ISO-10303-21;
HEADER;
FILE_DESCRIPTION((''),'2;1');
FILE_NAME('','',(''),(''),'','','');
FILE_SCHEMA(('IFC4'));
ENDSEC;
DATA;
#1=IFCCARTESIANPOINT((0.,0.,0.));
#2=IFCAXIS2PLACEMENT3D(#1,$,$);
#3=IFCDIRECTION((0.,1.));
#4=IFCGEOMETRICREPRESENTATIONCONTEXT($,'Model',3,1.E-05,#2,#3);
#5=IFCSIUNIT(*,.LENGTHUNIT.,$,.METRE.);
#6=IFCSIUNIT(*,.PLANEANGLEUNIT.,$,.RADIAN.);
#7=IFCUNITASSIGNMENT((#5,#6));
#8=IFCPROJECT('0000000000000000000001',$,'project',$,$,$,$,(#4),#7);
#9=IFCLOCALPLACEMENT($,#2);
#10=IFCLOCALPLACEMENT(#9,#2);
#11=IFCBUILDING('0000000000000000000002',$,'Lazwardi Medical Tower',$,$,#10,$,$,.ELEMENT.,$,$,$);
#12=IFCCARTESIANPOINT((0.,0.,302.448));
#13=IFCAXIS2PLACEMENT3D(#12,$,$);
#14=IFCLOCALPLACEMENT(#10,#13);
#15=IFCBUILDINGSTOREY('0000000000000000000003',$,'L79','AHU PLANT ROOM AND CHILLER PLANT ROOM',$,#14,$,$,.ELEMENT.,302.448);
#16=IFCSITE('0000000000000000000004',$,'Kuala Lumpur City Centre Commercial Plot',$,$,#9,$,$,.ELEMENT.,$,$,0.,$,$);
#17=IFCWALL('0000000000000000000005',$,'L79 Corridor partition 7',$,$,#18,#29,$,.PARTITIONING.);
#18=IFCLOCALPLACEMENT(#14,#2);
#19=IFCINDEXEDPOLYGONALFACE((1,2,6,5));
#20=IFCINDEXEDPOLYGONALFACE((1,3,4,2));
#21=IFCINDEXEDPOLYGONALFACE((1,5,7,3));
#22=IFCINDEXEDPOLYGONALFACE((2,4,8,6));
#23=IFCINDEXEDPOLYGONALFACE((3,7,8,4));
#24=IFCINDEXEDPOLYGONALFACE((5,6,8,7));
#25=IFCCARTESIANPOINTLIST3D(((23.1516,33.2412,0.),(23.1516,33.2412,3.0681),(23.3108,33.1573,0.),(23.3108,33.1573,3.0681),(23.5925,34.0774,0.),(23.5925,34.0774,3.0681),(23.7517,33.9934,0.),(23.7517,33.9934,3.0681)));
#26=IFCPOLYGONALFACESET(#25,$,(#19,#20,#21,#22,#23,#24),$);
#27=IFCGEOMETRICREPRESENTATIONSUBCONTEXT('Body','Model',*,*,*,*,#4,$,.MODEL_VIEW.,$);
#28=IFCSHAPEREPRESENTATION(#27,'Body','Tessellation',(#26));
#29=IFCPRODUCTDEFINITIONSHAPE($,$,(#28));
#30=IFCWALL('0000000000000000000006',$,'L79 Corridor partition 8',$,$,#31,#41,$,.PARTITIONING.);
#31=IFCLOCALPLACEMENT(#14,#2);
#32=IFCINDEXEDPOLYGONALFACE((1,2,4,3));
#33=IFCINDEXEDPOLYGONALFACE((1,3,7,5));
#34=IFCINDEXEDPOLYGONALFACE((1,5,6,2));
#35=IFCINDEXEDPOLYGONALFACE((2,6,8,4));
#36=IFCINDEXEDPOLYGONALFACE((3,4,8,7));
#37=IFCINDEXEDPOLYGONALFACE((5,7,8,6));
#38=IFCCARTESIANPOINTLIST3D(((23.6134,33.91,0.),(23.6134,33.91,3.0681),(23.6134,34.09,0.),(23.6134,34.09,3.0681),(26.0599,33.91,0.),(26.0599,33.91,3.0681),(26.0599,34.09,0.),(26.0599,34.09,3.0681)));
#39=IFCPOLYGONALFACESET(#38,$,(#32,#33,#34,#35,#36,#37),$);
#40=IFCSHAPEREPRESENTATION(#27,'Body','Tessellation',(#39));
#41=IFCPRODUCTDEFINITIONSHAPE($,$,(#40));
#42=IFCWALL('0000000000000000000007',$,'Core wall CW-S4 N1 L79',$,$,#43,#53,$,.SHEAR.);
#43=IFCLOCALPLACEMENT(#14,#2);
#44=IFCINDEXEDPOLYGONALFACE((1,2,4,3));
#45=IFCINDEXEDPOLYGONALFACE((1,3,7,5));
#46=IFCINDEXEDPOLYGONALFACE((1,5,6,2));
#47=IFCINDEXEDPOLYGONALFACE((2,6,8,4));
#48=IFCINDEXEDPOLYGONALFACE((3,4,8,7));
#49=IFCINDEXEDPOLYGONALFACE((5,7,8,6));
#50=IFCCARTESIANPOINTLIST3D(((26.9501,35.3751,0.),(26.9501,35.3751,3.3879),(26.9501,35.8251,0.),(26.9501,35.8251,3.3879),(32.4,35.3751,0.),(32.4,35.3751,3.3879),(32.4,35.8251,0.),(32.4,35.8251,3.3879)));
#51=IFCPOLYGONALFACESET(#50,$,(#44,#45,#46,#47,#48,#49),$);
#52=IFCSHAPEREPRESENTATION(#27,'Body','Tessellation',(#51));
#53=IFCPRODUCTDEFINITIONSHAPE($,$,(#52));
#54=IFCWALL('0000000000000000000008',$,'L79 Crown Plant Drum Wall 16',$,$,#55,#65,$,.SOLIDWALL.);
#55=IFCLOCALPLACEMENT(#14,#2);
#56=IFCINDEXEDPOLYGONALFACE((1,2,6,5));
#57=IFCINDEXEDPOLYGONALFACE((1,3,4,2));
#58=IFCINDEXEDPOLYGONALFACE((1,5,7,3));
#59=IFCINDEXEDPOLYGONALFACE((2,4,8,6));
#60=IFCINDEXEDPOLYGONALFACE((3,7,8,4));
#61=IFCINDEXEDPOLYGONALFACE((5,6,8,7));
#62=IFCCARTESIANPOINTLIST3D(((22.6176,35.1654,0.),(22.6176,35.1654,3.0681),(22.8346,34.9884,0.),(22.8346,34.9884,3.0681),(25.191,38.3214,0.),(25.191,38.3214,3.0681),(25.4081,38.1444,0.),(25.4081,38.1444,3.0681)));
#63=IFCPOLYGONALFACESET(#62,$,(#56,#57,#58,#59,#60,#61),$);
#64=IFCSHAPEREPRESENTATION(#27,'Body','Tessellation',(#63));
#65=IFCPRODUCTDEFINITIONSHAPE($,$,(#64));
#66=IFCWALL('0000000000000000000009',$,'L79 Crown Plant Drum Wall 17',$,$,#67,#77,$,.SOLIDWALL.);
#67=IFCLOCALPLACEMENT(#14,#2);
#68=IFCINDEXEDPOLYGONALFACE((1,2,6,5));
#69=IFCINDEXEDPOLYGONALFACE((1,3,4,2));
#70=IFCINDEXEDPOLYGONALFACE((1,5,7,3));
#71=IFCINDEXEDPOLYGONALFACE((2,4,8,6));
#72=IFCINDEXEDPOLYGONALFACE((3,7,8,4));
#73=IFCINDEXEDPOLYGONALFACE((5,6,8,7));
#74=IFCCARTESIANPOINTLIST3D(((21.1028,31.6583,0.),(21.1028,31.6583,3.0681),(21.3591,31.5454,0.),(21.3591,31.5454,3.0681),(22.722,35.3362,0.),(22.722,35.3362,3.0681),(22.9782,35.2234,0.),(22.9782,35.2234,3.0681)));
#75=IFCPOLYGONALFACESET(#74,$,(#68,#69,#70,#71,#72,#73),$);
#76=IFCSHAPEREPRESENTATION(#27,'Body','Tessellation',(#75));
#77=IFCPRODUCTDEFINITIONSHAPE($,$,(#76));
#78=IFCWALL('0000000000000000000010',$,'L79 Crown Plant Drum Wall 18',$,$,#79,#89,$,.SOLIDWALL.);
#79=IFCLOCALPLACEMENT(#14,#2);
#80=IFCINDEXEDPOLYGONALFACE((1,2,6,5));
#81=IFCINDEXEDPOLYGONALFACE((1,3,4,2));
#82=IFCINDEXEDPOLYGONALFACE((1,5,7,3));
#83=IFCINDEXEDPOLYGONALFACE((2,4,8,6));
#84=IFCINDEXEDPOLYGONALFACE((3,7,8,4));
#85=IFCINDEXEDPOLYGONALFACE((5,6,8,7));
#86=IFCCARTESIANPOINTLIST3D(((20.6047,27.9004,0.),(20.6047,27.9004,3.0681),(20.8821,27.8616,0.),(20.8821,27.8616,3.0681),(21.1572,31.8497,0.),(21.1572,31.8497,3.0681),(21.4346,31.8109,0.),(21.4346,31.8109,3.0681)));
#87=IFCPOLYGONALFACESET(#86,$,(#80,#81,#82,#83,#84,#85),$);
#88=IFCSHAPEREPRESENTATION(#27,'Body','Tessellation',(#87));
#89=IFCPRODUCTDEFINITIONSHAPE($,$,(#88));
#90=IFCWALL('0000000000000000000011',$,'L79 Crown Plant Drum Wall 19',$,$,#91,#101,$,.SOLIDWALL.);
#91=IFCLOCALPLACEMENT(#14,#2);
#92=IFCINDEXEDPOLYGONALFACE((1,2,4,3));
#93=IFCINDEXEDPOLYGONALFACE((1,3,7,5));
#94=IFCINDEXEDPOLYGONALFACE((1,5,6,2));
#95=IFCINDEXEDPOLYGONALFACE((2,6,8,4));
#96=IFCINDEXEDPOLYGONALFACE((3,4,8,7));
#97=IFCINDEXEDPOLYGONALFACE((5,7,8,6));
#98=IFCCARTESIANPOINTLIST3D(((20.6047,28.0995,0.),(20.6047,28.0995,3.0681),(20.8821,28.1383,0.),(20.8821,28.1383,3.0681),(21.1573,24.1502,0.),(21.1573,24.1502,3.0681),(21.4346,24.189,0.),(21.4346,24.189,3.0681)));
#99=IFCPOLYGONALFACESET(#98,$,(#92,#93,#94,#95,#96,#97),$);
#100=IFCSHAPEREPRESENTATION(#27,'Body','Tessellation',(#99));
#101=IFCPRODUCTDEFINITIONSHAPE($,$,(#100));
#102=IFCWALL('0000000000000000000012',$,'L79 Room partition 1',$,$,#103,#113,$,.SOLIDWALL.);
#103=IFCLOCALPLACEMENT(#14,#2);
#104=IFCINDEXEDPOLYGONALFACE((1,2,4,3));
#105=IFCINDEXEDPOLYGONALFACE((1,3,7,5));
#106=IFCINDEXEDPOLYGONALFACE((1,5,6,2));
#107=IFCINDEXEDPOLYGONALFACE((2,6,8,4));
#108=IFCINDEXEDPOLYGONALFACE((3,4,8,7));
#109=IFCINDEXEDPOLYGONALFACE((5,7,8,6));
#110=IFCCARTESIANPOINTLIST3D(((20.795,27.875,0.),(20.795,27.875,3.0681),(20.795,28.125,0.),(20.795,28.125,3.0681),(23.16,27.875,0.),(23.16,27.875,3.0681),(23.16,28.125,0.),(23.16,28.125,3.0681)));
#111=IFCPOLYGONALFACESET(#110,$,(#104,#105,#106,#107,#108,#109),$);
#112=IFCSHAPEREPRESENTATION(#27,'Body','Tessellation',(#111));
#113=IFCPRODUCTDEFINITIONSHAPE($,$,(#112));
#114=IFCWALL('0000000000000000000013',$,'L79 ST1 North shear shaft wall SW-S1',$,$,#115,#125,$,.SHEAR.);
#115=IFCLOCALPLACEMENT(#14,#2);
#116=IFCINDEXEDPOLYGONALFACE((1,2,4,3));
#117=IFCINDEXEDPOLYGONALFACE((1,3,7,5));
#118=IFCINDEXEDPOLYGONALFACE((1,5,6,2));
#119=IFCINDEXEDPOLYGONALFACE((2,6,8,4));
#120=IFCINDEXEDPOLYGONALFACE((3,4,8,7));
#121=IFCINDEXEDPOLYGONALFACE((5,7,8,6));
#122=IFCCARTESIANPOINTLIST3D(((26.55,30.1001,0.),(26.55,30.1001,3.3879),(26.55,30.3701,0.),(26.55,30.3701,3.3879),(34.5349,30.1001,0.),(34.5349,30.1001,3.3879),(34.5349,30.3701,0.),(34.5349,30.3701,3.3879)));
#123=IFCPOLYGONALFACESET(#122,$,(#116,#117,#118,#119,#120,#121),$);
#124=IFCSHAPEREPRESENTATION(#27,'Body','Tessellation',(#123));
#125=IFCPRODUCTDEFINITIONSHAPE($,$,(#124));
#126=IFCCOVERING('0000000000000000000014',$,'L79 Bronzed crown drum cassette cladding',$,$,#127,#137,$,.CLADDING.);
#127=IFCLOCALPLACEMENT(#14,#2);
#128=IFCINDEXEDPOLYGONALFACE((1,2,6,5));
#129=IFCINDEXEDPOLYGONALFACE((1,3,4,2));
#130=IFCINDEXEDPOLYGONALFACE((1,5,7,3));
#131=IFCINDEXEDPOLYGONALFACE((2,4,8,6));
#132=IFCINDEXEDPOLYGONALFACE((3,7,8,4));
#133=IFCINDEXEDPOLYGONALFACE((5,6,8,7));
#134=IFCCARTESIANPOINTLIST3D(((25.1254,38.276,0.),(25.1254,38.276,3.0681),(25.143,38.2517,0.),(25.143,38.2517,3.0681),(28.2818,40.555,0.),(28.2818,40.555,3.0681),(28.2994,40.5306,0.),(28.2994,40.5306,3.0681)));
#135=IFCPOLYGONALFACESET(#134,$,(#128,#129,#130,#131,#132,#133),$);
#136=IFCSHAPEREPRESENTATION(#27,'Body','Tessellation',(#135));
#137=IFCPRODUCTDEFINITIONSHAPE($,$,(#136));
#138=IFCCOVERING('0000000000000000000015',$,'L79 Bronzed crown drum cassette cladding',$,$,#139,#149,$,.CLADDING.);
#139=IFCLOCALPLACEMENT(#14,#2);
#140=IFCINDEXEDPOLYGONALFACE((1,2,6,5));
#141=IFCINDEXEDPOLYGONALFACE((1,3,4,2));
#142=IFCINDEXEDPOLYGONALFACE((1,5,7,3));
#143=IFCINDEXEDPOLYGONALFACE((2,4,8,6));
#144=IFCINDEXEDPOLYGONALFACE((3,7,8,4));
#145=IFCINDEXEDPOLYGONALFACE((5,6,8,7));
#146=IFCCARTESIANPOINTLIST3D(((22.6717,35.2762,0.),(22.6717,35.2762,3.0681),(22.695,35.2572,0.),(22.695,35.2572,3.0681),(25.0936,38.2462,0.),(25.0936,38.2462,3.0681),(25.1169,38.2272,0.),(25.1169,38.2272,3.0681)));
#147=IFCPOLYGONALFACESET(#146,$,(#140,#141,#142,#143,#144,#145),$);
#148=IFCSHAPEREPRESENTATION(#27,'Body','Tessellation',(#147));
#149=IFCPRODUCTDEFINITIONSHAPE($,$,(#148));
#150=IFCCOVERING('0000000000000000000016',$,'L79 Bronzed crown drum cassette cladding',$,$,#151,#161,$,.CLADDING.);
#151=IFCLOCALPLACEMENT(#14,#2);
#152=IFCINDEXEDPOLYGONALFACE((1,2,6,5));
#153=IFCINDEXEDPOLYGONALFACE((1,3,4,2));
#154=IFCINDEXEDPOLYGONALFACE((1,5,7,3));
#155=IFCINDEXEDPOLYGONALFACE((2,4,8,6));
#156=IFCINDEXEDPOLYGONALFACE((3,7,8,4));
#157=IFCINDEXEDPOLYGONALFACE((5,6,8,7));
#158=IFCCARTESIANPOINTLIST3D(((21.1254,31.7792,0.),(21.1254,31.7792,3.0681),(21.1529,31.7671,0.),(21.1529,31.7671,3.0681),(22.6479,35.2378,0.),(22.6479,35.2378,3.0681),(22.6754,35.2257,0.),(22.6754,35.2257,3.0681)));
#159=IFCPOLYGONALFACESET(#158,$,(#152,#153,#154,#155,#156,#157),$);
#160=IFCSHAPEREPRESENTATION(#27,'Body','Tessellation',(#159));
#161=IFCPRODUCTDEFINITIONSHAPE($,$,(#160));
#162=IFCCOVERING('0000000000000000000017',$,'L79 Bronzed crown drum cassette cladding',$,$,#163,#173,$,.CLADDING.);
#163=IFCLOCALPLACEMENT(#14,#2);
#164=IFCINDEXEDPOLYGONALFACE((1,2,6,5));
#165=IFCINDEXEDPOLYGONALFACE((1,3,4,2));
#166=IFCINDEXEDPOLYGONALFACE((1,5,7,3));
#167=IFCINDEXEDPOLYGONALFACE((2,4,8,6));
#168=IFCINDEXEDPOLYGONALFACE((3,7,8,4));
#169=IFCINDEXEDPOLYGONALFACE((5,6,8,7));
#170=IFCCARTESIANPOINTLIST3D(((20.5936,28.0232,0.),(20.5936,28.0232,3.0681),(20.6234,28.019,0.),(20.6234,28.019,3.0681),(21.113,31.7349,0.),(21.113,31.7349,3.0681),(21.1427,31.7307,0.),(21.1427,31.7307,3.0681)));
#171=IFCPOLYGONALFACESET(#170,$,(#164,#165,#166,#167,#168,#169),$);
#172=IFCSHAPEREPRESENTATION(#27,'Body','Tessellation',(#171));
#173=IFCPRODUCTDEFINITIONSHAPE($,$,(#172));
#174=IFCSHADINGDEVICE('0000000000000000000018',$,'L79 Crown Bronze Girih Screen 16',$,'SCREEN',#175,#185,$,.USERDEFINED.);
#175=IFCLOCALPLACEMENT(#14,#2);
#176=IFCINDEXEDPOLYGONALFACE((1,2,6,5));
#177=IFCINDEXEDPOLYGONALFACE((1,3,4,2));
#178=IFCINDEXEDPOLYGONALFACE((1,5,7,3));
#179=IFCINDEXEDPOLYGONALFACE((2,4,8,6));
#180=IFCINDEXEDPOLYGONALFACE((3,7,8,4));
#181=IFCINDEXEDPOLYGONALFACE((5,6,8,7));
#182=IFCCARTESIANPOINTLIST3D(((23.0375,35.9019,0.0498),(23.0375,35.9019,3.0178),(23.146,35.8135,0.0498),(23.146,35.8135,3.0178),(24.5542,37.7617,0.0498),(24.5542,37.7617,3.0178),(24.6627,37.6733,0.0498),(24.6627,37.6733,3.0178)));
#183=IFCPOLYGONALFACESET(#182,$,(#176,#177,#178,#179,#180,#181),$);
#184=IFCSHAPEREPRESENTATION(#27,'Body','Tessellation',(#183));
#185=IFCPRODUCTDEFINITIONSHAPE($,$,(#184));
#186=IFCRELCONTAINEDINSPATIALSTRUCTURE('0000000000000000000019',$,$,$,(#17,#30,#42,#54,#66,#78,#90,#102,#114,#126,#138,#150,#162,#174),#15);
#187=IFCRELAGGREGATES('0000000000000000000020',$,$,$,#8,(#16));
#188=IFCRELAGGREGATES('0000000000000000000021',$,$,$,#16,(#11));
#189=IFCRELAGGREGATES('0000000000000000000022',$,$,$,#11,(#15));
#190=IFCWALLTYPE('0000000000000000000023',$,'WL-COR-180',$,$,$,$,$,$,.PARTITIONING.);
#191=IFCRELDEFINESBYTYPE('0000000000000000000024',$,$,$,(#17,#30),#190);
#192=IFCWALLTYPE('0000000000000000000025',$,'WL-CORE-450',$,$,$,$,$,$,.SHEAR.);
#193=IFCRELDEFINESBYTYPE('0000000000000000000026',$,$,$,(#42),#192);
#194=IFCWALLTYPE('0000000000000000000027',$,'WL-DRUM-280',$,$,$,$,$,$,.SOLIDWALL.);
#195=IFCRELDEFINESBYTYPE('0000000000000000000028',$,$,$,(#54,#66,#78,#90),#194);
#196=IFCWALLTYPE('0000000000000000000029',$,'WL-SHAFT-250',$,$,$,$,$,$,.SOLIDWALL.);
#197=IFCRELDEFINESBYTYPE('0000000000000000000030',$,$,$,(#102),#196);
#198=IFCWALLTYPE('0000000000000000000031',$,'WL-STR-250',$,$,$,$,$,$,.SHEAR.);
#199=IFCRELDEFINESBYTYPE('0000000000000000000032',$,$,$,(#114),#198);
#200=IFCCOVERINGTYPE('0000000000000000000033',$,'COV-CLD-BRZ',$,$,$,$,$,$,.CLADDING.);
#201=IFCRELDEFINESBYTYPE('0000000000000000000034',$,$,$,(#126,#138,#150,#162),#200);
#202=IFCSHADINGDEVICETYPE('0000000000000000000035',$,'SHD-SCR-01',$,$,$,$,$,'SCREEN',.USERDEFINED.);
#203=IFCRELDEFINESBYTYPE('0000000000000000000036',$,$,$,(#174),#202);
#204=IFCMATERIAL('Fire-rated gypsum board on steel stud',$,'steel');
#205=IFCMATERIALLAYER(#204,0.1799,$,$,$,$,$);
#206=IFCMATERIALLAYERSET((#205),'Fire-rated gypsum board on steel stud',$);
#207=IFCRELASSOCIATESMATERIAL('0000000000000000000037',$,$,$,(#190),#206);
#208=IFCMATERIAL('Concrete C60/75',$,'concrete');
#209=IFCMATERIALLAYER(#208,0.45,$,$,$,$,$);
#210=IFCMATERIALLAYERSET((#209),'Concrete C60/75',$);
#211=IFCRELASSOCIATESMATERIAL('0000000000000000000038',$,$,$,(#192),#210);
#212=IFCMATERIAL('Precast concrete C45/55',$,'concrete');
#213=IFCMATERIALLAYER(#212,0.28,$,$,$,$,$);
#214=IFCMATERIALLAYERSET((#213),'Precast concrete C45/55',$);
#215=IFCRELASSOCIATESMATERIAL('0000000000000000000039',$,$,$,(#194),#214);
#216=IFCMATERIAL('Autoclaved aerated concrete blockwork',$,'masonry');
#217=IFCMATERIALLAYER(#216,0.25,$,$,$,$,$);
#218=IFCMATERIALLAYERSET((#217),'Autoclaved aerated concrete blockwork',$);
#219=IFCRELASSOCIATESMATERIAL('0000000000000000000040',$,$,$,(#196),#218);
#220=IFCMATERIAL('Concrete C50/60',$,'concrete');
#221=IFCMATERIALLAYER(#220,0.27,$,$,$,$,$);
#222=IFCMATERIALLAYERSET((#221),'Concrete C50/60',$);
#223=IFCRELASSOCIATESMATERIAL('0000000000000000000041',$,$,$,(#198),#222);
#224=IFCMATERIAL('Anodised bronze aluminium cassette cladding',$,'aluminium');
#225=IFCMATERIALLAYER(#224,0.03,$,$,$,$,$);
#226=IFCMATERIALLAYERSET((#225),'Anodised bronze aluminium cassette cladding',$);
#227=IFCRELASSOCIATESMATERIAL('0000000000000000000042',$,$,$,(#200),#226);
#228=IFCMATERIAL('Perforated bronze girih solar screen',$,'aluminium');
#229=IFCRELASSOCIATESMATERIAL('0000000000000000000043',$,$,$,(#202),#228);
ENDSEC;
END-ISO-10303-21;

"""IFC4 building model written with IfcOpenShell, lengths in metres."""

from ifc_helpers import new_model, si_unit, direction, frame, frame_2d, origin, origin_2d, place, context, subcontext, project, spatial, rectangle, extrude, material, layer, layer_set, type_object, element, save


model = new_model("IFC4")

# Units and contexts
model_context = context("Model", 3, precision=1e-05, world=origin(), true_north=direction((0.0, 1.0)))
body_context = subcontext(model_context, "Body", "Model", "MODEL_VIEW")
ifc_project = project(units=[si_unit("LENGTHUNIT", "METRE"), si_unit("PLANEANGLEUNIT", "RADIAN")], contexts=[model_context])

# Site, building, storey
site_placement = place(None, origin())
site = spatial("IfcSite", under=ifc_project, at=site_placement, Name="Kuala Lumpur City Centre Commercial Plot", CompositionType="ELEMENT", RefElevation=0.0)
building_placement = place(site_placement, origin())
building = spatial("IfcBuilding", under=site, at=building_placement, Name="Lazwardi Medical Tower", CompositionType="ELEMENT")
storey_placement = place(building_placement, frame((0.0, 0.0, 302.448)))
storey = spatial("IfcBuildingStorey", under=building, at=storey_placement, Name="L79", Description="AHU PLANT ROOM AND CHILLER PLANT ROOM", CompositionType="ELEMENT", Elevation=302.448)

# Shared definitions
ifc_material_1 = material(Name="Concrete C60/75", Category="concrete")

# Walls
ifc_material_2 = material(Name="Fire-rated gypsum board on steel stud", Category="steel")
ifc_layer_1 = layer(ifc_material_2, 0.1799)
ifc_layer_set_1 = layer_set([ifc_layer_1], Name="Fire-rated gypsum board on steel stud")
wall_type_1 = type_object("IfcWallType", Name="WL-COR-180", PredefinedType="PARTITIONING", material=ifc_layer_set_1)
wall_1_placement = place(storey_placement, frame((23.2312, 33.1992, 0.0), z_axis=(0.0, 0.0, 1.0), x_axis=(0.466428, 0.884559, 0.0)))
element("IfcWall", 1, at=wall_1_placement, inside=storey, type_object=wall_type_1, Name="L79 Corridor partition 7", PredefinedType="PARTITIONING", context=body_context, shape_type="SweptSolid", body=[
    extrude(rectangle(XDim=0.9453, YDim=0.1799, at=frame_2d((0.4727, 0.0))), origin(), (0.0, 0.0, 1.0), 3.0681),
])
wall_2_placement = place(storey_placement, frame((23.6135, 34.0, 0.0), z_axis=(0.0, 0.0, 1.0), x_axis=(1.0, 0.0, 0.0)))
element("IfcWall", 2, at=wall_2_placement, inside=storey, type_object=wall_type_1, Name="L79 Corridor partition 8", PredefinedType="PARTITIONING", context=body_context, shape_type="SweptSolid", body=[
    extrude(rectangle(XDim=2.4465, YDim=0.1799, at=frame_2d((1.2231, 0.0))), origin(), (0.0, 0.0, 1.0), 3.0681),
])
ifc_layer_2 = layer(ifc_material_1, 0.45)
ifc_layer_set_2 = layer_set([ifc_layer_2], Name="Concrete C60/75")
wall_type_2 = type_object("IfcWallType", Name="WL-CORE-450", PredefinedType="SHEAR", material=ifc_layer_set_2)
wall_3_placement = place(storey_placement, frame((26.95, 35.6001, 0.0), z_axis=(0.0, 0.0, 1.0), x_axis=(1.0, 0.0, 0.0)))
element("IfcWall", 3, at=wall_3_placement, inside=storey, type_object=wall_type_2, Name="Core wall CW-S4 N1 L79", PredefinedType="SHEAR", context=body_context, shape_type="SweptSolid", body=[
    extrude(rectangle(XDim=5.45, YDim=0.45, at=frame_2d((2.7251, 0.0))), origin(), (0.0, 0.0, 1.0), 3.3879),
])
ifc_material_3 = material(Name="Precast concrete C45/55", Category="concrete")
ifc_layer_3 = layer(ifc_material_3, 0.28)
ifc_layer_set_3 = layer_set([ifc_layer_3], Name="Precast concrete C45/55")
wall_type_3 = type_object("IfcWallType", Name="WL-DRUM-280", PredefinedType="SOLIDWALL", material=ifc_layer_set_3)
wall_4_placement = place(storey_placement, frame((25.2996, 38.2329, 0.0), z_axis=(0.0, 0.0, 1.0), x_axis=(-0.631957, -0.775003, 0.0)))
element("IfcWall", 4, at=wall_4_placement, inside=storey, type_object=wall_type_3, Name="L79 Crown Plant Drum Wall 16", PredefinedType="SOLIDWALL", context=body_context, shape_type="SweptSolid", body=[
    extrude(rectangle(XDim=4.0723, YDim=0.28, at=frame_2d((2.0361, 0.0))), origin(), (0.0, 0.0, 1.0), 3.0681),
])
wall_5_placement = place(storey_placement, frame((22.8501, 35.2798, 0.0), z_axis=(0.0, 0.0, 1.0), x_axis=(-0.402912, -0.915239, 0.0)))
element("IfcWall", 5, at=wall_5_placement, inside=storey, type_object=wall_type_3, Name="L79 Crown Plant Drum Wall 17", PredefinedType="SOLIDWALL", context=body_context, shape_type="SweptSolid", body=[
    extrude(rectangle(XDim=4.0186, YDim=0.28, at=frame_2d((2.0093, 0.0))), origin(), (0.0, 0.0, 1.0), 3.0681),
])
for number, where, z_axis, x_axis, name in (
    (6, (21.2959, 31.8303, 0.0), (0.0, 0.0, 1.0), (-0.138549, -0.990356, 0.0), "L79 Crown Plant Drum Wall 18"),
    (7, (20.7434, 28.1189, 0.0), (0.0, 0.0, 1.0), (0.138549, -0.990356, 0.0), "L79 Crown Plant Drum Wall 19"),
):
    element("IfcWall", number, at=place(storey_placement, frame(where, z_axis=z_axis, x_axis=x_axis)), inside=storey, type_object=wall_type_3, Name=name, PredefinedType="SOLIDWALL", context=body_context, shape_type="SweptSolid", body=[
        extrude(rectangle(XDim=3.9878, YDim=0.28, at=frame_2d((1.9939, 0.0))), origin(), (0.0, 0.0, 1.0), 3.0681),
    ])
ifc_material_4 = material(Name="Autoclaved aerated concrete blockwork", Category="masonry")
ifc_layer_4 = layer(ifc_material_4, 0.25)
ifc_layer_set_4 = layer_set([ifc_layer_4], Name="Autoclaved aerated concrete blockwork")
wall_type_4 = type_object("IfcWallType", Name="WL-SHAFT-250", PredefinedType="SOLIDWALL", material=ifc_layer_set_4)
wall_6_placement = place(storey_placement, frame((20.7949, 28.0, 0.0), z_axis=(0.0, 0.0, 1.0), x_axis=(1.0, 0.0, 0.0)))
element("IfcWall", 8, at=wall_6_placement, inside=storey, type_object=wall_type_4, Name="L79 Room partition 1", PredefinedType="SOLIDWALL", context=body_context, shape_type="SweptSolid", body=[
    extrude(rectangle(XDim=2.365, YDim=0.25, at=frame_2d((1.1826, 0.0))), origin(), (0.0, 0.0, 1.0), 3.0681),
])
ifc_material_5 = material(Name="Concrete C50/60", Category="concrete")
ifc_layer_5 = layer(ifc_material_5, 0.27)
ifc_layer_set_5 = layer_set([ifc_layer_5], Name="Concrete C50/60")
wall_type_5 = type_object("IfcWallType", Name="WL-STR-250", PredefinedType="SHEAR", material=ifc_layer_set_5)
wall_7_placement = place(storey_placement, frame((26.55, 30.2351, 0.0), z_axis=(0.0, 0.0, 1.0), x_axis=(1.0, 0.0, 0.0)))
element("IfcWall", 9, at=wall_7_placement, inside=storey, type_object=wall_type_5, Name="L79 ST1 North shear shaft wall SW-S1", PredefinedType="SHEAR", context=body_context, shape_type="SweptSolid", body=[
    extrude(rectangle(XDim=7.9849, YDim=0.27, at=frame_2d((3.9924, 0.0))), origin(), (0.0, 0.0, 1.0), 3.3879),
])

# Coverings
ifc_material_6 = material(Name="Anodised bronze aluminium cassette cladding", Category="aluminium")
ifc_layer_6 = layer(ifc_material_6, 0.03)
ifc_layer_set_6 = layer_set([ifc_layer_6], Name="Anodised bronze aluminium cassette cladding")
covering_type = type_object("IfcCoveringType", Name="COV-CLD-BRZ", PredefinedType="CLADDING", material=ifc_layer_set_6)
covering_1_placement = place(storey_placement, frame((26.7124, 39.4033, 0.0), z_axis=(0.0, 0.0, 1.0), x_axis=(-0.810758, -0.585381, 0.0)))
element("IfcCovering", 10, at=covering_1_placement, inside=storey, type_object=covering_type, Name="L79 Bronzed crown drum cassette cladding", PredefinedType="CLADDING", context=body_context, shape_type="SweptSolid", body=[
    extrude(rectangle(XDim=3.8931, YDim=0.03, at=origin_2d()), origin(), (0.0, 0.0, 1.0), 3.0681),
])
covering_2_placement = place(storey_placement, frame((23.8943, 36.7517, 0.0), z_axis=(0.0, 0.0, 1.0), x_axis=(-0.631983, -0.774982, 0.0)))
element("IfcCovering", 11, at=covering_2_placement, inside=storey, type_object=covering_type, Name="L79 Bronzed crown drum cassette cladding", PredefinedType="CLADDING", context=body_context, shape_type="SweptSolid", body=[
    extrude(rectangle(XDim=3.8323, YDim=0.03, at=origin_2d()), origin(), (0.0, 0.0, 1.0), 3.0681),
])
covering_3_placement = place(storey_placement, frame((21.9004, 33.5024, 0.0), z_axis=(0.0, 0.0, 1.0), x_axis=(-0.402906, -0.915241, 0.0)))
element("IfcCovering", 12, at=covering_3_placement, inside=storey, type_object=covering_type, Name="L79 Bronzed crown drum cassette cladding", PredefinedType="CLADDING", context=body_context, shape_type="SweptSolid", body=[
    extrude(rectangle(XDim=3.7788, YDim=0.03, at=origin_2d()), origin(), (0.0, 0.0, 1.0), 3.0681),
])
covering_4_placement = place(storey_placement, frame((20.8682, 29.877, 0.0), z_axis=(0.0, 0.0, 1.0), x_axis=(-0.138566, -0.990353, 0.0)))
element("IfcCovering", 13, at=covering_4_placement, inside=storey, type_object=covering_type, Name="L79 Bronzed crown drum cassette cladding", PredefinedType="CLADDING", context=body_context, shape_type="SweptSolid", body=[
    extrude(rectangle(XDim=3.7478, YDim=0.03, at=origin_2d()), origin(), (0.0, 0.0, 1.0), 3.0681),
])

# Shading device
ifc_material_7 = material(Name="Perforated bronze girih solar screen", Category="aluminium")
shading_device_type = type_object("IfcShadingDeviceType", Name="SHD-SCR-01", ElementType="SCREEN", PredefinedType="USERDEFINED", material=ifc_material_7)
shading_device_placement = place(storey_placement, frame((23.8501, 36.7876, 0.0498), z_axis=(0.0, 0.0, 1.0), x_axis=(-0.631983, -0.774982, 0.0)))
element("IfcShadingDevice", 14, at=shading_device_placement, inside=storey, type_object=shading_device_type, Name="L79 Crown Bronze Girih Screen 16", ObjectType="SCREEN", PredefinedType="USERDEFINED", context=body_context, shape_type="SweptSolid", body=[
    extrude(rectangle(XDim=2.3999, YDim=0.1399, at=origin_2d()), origin(), (0.0, 0.0, 1.0), 2.968),
])

save(model, "model.ifc")
